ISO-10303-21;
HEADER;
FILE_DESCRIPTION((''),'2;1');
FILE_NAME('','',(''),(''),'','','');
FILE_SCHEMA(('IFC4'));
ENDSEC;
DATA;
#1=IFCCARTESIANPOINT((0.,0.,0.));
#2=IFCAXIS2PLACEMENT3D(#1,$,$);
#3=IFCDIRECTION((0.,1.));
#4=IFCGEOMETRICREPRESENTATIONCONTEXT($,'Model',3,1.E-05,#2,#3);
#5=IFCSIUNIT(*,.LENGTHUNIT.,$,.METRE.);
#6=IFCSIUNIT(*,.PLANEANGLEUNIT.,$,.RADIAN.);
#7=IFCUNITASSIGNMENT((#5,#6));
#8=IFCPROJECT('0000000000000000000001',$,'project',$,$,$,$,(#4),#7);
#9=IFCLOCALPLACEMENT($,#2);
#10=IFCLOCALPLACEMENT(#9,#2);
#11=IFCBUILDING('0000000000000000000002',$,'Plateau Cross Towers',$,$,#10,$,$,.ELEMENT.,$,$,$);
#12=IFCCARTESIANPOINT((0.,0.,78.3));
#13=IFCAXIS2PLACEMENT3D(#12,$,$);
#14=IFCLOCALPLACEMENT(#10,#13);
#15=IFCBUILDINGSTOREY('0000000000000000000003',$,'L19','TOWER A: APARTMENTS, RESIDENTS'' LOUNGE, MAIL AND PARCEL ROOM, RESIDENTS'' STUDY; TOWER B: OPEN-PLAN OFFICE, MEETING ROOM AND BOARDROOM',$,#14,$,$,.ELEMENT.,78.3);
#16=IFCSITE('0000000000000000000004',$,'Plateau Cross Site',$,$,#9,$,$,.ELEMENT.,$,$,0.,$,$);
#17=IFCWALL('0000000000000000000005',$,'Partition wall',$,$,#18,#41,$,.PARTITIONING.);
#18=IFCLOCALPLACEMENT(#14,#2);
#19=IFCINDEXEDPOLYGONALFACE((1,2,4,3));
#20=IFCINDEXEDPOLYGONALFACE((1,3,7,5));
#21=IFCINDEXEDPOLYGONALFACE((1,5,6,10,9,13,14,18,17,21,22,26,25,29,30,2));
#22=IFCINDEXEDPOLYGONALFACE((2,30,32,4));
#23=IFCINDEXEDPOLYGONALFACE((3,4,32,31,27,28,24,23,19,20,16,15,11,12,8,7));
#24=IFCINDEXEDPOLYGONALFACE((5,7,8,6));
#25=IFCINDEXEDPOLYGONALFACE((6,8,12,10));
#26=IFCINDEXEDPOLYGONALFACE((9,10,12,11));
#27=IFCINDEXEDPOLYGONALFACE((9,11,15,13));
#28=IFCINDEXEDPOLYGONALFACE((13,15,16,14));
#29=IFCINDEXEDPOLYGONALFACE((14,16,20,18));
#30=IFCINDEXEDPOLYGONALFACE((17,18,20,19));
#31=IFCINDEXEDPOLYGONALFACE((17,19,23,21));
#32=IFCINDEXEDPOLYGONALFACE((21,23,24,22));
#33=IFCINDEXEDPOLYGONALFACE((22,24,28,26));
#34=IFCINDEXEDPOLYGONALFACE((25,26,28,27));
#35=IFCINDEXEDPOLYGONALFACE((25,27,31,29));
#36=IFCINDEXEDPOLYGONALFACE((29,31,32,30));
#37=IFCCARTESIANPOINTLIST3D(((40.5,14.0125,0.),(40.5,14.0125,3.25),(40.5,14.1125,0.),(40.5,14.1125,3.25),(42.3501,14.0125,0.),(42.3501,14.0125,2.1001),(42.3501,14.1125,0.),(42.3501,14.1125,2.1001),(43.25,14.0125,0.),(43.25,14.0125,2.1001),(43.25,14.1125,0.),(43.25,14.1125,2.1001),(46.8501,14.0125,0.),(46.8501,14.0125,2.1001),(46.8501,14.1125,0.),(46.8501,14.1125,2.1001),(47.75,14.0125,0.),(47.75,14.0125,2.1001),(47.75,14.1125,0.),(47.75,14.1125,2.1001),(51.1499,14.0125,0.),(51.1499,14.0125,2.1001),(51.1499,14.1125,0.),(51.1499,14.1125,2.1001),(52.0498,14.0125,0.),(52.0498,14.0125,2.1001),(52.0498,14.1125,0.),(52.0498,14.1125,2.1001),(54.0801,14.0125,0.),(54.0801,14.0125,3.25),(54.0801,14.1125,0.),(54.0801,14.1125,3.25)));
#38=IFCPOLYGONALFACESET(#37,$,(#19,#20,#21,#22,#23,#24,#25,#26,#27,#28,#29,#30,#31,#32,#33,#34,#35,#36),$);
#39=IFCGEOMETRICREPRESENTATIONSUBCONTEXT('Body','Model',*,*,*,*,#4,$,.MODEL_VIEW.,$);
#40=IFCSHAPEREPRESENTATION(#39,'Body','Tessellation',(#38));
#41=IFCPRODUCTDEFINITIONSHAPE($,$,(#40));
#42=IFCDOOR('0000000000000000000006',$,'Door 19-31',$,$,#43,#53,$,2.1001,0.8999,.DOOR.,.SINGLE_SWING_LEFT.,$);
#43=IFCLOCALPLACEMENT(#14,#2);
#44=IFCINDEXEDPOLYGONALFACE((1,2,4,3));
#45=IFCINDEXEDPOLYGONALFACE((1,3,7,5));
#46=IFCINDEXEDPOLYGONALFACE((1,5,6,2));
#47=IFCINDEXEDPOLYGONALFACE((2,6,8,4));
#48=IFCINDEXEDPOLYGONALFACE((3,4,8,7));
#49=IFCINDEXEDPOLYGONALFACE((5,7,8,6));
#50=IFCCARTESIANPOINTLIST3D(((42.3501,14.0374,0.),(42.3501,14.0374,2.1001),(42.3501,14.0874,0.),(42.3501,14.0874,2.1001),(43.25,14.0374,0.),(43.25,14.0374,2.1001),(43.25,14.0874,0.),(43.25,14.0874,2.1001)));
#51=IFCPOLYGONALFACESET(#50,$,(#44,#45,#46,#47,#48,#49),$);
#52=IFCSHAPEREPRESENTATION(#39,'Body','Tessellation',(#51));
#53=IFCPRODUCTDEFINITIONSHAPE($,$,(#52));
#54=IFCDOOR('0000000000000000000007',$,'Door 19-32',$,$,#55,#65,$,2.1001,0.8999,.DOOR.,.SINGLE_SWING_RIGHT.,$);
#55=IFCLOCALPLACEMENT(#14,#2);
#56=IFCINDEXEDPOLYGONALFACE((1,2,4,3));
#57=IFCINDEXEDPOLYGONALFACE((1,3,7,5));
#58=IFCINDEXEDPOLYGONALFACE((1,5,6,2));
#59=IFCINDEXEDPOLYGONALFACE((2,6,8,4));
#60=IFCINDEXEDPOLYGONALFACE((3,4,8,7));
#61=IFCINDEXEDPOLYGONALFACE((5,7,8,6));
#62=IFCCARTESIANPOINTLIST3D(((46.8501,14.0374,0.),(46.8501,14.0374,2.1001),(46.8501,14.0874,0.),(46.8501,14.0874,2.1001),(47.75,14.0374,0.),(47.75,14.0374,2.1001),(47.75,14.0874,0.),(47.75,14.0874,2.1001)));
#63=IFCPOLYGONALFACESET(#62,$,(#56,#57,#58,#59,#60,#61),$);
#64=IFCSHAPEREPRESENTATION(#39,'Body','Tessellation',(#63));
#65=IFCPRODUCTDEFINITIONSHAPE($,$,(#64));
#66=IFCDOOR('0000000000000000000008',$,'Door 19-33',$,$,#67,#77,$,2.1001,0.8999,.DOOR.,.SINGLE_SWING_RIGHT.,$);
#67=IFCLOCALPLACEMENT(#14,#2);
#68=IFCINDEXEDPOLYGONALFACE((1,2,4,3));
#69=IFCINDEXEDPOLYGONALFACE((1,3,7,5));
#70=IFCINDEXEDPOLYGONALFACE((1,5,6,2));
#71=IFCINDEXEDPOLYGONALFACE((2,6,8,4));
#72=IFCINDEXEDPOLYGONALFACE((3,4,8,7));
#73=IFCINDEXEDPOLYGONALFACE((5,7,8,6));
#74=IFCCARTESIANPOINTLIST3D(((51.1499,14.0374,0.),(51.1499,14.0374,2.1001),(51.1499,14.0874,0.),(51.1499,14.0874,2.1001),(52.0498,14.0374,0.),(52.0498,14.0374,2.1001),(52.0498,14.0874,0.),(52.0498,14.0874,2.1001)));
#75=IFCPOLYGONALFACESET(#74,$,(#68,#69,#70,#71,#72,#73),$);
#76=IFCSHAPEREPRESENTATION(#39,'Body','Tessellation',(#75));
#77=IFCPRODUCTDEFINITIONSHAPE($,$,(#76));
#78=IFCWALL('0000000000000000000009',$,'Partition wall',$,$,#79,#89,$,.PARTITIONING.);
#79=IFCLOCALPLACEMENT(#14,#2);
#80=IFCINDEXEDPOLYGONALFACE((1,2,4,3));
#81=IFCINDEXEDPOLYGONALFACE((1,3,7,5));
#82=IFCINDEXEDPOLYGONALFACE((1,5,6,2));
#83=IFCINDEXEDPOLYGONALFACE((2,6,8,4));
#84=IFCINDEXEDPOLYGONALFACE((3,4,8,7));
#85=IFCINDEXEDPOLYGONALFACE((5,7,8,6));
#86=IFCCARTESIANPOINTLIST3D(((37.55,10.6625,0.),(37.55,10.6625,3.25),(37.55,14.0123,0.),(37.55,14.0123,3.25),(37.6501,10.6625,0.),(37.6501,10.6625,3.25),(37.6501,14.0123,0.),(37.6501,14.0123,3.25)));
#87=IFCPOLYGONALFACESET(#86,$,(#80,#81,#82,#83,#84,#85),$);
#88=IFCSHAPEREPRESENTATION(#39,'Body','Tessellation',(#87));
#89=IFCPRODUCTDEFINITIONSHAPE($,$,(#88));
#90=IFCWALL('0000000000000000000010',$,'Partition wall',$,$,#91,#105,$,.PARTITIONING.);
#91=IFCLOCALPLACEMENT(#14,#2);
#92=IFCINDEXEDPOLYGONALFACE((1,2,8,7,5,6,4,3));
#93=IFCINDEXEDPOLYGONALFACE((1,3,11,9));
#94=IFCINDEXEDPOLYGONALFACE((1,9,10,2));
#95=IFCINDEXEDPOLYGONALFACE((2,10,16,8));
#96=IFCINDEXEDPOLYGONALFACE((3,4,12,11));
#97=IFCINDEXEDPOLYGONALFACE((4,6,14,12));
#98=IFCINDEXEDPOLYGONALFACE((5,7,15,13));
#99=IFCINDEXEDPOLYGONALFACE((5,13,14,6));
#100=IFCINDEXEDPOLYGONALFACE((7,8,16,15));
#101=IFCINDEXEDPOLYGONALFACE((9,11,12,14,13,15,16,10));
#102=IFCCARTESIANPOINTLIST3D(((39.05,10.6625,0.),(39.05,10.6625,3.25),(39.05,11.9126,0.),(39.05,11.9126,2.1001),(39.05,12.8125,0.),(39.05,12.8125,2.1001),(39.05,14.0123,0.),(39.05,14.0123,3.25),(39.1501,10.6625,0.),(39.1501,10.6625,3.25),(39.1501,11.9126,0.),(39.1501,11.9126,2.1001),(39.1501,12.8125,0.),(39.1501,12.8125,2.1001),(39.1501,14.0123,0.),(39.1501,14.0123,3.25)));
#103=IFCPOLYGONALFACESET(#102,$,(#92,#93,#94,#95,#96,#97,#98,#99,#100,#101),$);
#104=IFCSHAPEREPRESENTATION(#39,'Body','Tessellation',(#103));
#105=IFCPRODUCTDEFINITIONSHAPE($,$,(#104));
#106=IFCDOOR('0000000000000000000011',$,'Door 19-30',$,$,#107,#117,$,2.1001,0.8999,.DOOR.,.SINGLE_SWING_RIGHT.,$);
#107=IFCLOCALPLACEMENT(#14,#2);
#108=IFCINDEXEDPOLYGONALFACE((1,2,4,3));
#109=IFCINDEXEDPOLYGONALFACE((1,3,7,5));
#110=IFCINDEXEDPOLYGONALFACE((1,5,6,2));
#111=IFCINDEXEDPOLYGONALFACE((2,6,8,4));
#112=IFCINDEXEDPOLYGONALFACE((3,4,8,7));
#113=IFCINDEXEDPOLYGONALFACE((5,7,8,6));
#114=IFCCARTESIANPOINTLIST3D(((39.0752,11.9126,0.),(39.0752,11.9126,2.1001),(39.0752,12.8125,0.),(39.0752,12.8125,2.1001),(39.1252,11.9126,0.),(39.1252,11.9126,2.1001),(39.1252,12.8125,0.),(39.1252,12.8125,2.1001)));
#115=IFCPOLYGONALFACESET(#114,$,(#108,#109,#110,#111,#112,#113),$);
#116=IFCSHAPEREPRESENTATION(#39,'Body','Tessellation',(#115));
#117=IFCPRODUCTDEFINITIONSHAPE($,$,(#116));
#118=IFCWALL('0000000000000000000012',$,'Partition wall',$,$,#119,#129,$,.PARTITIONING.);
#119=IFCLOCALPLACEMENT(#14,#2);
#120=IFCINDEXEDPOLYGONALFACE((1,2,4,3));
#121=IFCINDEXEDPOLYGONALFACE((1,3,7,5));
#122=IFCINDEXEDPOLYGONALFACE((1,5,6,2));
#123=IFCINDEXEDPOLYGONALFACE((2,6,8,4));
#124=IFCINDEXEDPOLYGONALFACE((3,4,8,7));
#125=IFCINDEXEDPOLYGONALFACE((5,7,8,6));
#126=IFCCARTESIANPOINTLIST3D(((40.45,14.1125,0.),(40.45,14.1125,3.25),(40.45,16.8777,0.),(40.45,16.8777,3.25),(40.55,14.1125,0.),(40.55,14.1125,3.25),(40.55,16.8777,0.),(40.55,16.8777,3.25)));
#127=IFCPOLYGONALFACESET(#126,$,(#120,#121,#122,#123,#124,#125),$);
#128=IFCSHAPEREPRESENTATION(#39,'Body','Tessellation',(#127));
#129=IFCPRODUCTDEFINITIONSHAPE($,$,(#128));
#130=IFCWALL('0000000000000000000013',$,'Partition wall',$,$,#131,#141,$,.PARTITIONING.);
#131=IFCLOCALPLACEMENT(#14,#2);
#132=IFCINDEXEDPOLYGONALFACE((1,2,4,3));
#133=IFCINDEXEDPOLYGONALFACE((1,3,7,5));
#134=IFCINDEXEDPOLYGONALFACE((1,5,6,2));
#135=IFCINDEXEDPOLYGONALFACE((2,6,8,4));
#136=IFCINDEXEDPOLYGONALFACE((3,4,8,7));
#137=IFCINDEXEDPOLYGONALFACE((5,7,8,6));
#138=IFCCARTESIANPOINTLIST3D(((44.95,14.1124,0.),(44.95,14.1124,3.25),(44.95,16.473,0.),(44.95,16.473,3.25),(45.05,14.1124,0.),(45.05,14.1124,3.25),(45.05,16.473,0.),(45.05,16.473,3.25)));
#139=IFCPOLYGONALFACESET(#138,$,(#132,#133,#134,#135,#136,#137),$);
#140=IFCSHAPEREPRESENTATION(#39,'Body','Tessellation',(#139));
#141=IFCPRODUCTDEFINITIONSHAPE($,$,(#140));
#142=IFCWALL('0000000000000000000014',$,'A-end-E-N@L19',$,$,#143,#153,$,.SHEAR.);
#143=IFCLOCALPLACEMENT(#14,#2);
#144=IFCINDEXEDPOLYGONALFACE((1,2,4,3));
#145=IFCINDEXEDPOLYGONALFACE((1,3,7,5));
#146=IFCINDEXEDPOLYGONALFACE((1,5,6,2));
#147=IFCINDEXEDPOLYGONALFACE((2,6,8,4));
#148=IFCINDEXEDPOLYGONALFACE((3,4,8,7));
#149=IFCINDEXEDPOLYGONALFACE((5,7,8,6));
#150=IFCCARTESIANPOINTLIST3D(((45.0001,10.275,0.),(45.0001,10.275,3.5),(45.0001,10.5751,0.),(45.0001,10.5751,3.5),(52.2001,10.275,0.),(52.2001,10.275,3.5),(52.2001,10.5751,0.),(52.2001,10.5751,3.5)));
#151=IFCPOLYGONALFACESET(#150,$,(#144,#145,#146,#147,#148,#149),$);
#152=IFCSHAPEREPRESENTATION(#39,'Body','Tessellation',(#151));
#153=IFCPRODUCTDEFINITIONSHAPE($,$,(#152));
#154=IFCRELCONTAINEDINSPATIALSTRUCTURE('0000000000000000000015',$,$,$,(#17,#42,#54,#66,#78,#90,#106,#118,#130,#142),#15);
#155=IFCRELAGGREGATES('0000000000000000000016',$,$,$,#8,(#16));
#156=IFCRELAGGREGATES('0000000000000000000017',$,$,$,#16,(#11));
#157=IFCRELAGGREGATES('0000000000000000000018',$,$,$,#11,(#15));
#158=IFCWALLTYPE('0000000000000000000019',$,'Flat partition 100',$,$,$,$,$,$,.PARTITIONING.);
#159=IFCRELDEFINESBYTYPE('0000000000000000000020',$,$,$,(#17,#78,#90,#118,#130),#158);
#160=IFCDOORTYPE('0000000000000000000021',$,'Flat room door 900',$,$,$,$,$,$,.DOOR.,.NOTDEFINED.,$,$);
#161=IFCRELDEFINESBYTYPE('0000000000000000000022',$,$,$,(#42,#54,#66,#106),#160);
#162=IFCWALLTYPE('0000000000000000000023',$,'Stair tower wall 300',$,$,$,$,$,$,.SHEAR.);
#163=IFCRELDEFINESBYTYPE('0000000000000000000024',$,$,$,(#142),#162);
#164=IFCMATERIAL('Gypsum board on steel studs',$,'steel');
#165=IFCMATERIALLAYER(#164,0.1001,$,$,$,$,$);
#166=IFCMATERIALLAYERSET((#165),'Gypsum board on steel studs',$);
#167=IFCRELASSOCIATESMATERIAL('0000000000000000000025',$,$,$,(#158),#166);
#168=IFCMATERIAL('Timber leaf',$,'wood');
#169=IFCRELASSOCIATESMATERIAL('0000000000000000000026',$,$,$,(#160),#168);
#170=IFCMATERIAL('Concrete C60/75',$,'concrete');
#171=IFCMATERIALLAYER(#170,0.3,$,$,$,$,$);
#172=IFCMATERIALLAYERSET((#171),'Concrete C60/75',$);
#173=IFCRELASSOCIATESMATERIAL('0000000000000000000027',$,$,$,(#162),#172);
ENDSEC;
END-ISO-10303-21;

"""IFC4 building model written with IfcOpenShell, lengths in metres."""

from ifc_helpers import new_model, si_unit, direction, frame, frame_2d, origin, place, context, subcontext, project, spatial, rectangle, extrude, material, layer, layer_set, type_object, element, fill, save


model = new_model("IFC4")

# Units and contexts
model_context = context("Model", 3, precision=1e-05, world=origin(), true_north=direction((0.0, 1.0)))
body_context = subcontext(model_context, "Body", "Model", "MODEL_VIEW")
ifc_project = project(units=[si_unit("LENGTHUNIT", "METRE"), si_unit("PLANEANGLEUNIT", "RADIAN")], contexts=[model_context])

# Site, building, storey
site_placement = place(None, origin())
site = spatial("IfcSite", under=ifc_project, at=site_placement, Name="Plateau Cross Site", CompositionType="ELEMENT", RefElevation=0.0)
building_placement = place(site_placement, origin())
building = spatial("IfcBuilding", under=site, at=building_placement, Name="Plateau Cross Towers", CompositionType="ELEMENT")
storey_placement = place(building_placement, frame((0.0, 0.0, 78.3)))
storey = spatial("IfcBuildingStorey", under=building, at=storey_placement, Name="L19", Description="TOWER A: APARTMENTS, RESIDENTS' LOUNGE, MAIL AND PARCEL ROOM, RESIDENTS' STUDY; TOWER B: OPEN-PLAN OFFICE, MEETING ROOM AND BOARDROOM", CompositionType="ELEMENT", Elevation=78.3)

# Shared definitions
ifc_material_1 = material(Name="Gypsum board on steel studs", Category="steel")
ifc_layer_1 = layer(ifc_material_1, 0.1001)
ifc_layer_set_1 = layer_set([ifc_layer_1], Name="Gypsum board on steel studs")
wall_type_1 = type_object("IfcWallType", Name="Flat partition 100", PredefinedType="PARTITIONING", material=ifc_layer_set_1)
ifc_material_2 = material(Name="Timber leaf", Category="wood")
door_type = type_object("IfcDoorType", Name="Flat room door 900", OperationType="NOTDEFINED", PredefinedType="DOOR", material=ifc_material_2)

# Wall, openings, doors
wall_1_placement = place(storey_placement, frame((40.5, 14.0625, 0.0), z_axis=(0.0, 0.0, 1.0), x_axis=(1.0, 0.0, 0.0)))
wall_1 = element("IfcWall", 1, at=wall_1_placement, inside=storey, type_object=wall_type_1, Name="Partition wall", PredefinedType="PARTITIONING", context=body_context, shape_type="SweptSolid", body=[
    extrude(rectangle(XDim=13.5801, YDim=0.1001, at=frame_2d((6.79, 0.0))), origin(), (0.0, 0.0, 1.0), 3.25),
])
opening_1_placement = place(wall_1_placement, frame((1.8501, 0.0, 0.0)))
opening_1 = element("IfcOpeningElement", 2, at=opening_1_placement, cuts=wall_1, PredefinedType="OPENING", context=body_context, shape_type="SweptSolid", body=[
    extrude(rectangle(XDim=0.8999, YDim=2.1001, at=frame_2d((0.45, 1.05))), frame((0.0, 0.0601, 0.0), z_axis=(0.0, -1.0, 0.0), x_axis=(1.0, 0.0, 0.0)), (0.0, 0.0, 1.0), 0.1201),
])
opening_2_placement = place(wall_1_placement, frame((6.3501, 0.0, 0.0)))
opening_2 = element("IfcOpeningElement", 3, at=opening_2_placement, cuts=wall_1, PredefinedType="OPENING", context=body_context, shape_type="SweptSolid", body=[
    extrude(rectangle(XDim=0.8999, YDim=2.1001, at=frame_2d((0.45, 1.05))), frame((0.0, 0.0601, 0.0), z_axis=(0.0, -1.0, 0.0), x_axis=(1.0, 0.0, 0.0)), (0.0, 0.0, 1.0), 0.1201),
])
opening_3_placement = place(wall_1_placement, frame((10.6499, 0.0, 0.0)))
opening_3 = element("IfcOpeningElement", 4, at=opening_3_placement, cuts=wall_1, PredefinedType="OPENING", context=body_context, shape_type="SweptSolid", body=[
    extrude(rectangle(XDim=0.8999, YDim=2.1001, at=frame_2d((0.45, 1.05))), frame((0.0, 0.0601, 0.0), z_axis=(0.0, -1.0, 0.0), x_axis=(1.0, 0.0, 0.0)), (0.0, 0.0, 1.0), 0.1201),
])
door_1_placement = place(opening_1_placement, origin())
door_1 = element("IfcDoor", 5, at=door_1_placement, inside=storey, type_object=door_type, Name="Door 19-31", OperationType="SINGLE_SWING_LEFT", OverallHeight=2.1001, OverallWidth=0.8999, PredefinedType="DOOR", context=body_context, shape_type="SweptSolid", body=[
    extrude(rectangle(XDim=0.8999, YDim=2.1001, at=frame_2d((0.45, 1.05))), frame((0.0, 0.0249, 0.0), z_axis=(0.0, -1.0, 0.0), x_axis=(1.0, 0.0, 0.0)), (0.0, 0.0, 1.0), 0.05),
])
fill(opening_1, door_1)
door_2_placement = place(opening_2_placement, origin())
door_2 = element("IfcDoor", 6, at=door_2_placement, inside=storey, type_object=door_type, Name="Door 19-32", OperationType="SINGLE_SWING_RIGHT", OverallHeight=2.1001, OverallWidth=0.8999, PredefinedType="DOOR", context=body_context, shape_type="SweptSolid", body=[
    extrude(rectangle(XDim=0.8999, YDim=2.1001, at=frame_2d((0.45, 1.05))), frame((0.0, 0.0249, 0.0), z_axis=(0.0, -1.0, 0.0), x_axis=(1.0, 0.0, 0.0)), (0.0, 0.0, 1.0), 0.05),
])
fill(opening_2, door_2)
door_3_placement = place(opening_3_placement, origin())
door_3 = element("IfcDoor", 7, at=door_3_placement, inside=storey, type_object=door_type, Name="Door 19-33", OperationType="SINGLE_SWING_RIGHT", OverallHeight=2.1001, OverallWidth=0.8999, PredefinedType="DOOR", context=body_context, shape_type="SweptSolid", body=[
    extrude(rectangle(XDim=0.8999, YDim=2.1001, at=frame_2d((0.45, 1.05))), frame((0.0, 0.0249, 0.0), z_axis=(0.0, -1.0, 0.0), x_axis=(1.0, 0.0, 0.0)), (0.0, 0.0, 1.0), 0.05),
])
fill(opening_3, door_3)

# Wall
wall_2_placement = place(storey_placement, frame((37.6001, 10.6626, 0.0), z_axis=(0.0, 0.0, 1.0), x_axis=(0.0, 1.0, 0.0)))
element("IfcWall", 8, at=wall_2_placement, inside=storey, type_object=wall_type_1, Name="Partition wall", PredefinedType="PARTITIONING", context=body_context, shape_type="SweptSolid", body=[
    extrude(rectangle(XDim=3.3499, YDim=0.1001, at=frame_2d((1.6748, 0.0))), origin(), (0.0, 0.0, 1.0), 3.25),
])

# Wall, opening, door
wall_3_placement = place(storey_placement, frame((39.1001, 10.6626, 0.0), z_axis=(0.0, 0.0, 1.0), x_axis=(0.0, 1.0, 0.0)))
wall_3 = element("IfcWall", 9, at=wall_3_placement, inside=storey, type_object=wall_type_1, Name="Partition wall", PredefinedType="PARTITIONING", context=body_context, shape_type="SweptSolid", body=[
    extrude(rectangle(XDim=3.3499, YDim=0.1001, at=frame_2d((1.6748, 0.0))), origin(), (0.0, 0.0, 1.0), 3.25),
])
opening_4_placement = place(wall_3_placement, frame((1.25, 0.0, 0.0)))
opening_4 = element("IfcOpeningElement", 10, at=opening_4_placement, cuts=wall_3, PredefinedType="OPENING", context=body_context, shape_type="SweptSolid", body=[
    extrude(rectangle(XDim=0.8999, YDim=2.1001, at=frame_2d((0.45, 1.05))), frame((0.0, 0.0601, 0.0), z_axis=(0.0, -1.0, 0.0), x_axis=(1.0, 0.0, 0.0)), (0.0, 0.0, 1.0), 0.1201),
])
door_4_placement = place(opening_4_placement, origin())
door_4 = element("IfcDoor", 11, at=door_4_placement, inside=storey, type_object=door_type, Name="Door 19-30", OperationType="SINGLE_SWING_RIGHT", OverallHeight=2.1001, OverallWidth=0.8999, PredefinedType="DOOR", context=body_context, shape_type="SweptSolid", body=[
    extrude(rectangle(XDim=0.8999, YDim=2.1001, at=frame_2d((0.45, 1.05))), frame((0.0, 0.0249, 0.0), z_axis=(0.0, -1.0, 0.0), x_axis=(1.0, 0.0, 0.0)), (0.0, 0.0, 1.0), 0.05),
])
fill(opening_4, door_4)

# Walls
wall_4_placement = place(storey_placement, frame((40.5, 16.8777, 0.0), z_axis=(0.0, 0.0, 1.0), x_axis=(0.0, -1.0, 0.0)))
element("IfcWall", 12, at=wall_4_placement, inside=storey, type_object=wall_type_1, Name="Partition wall", PredefinedType="PARTITIONING", context=body_context, shape_type="SweptSolid", body=[
    extrude(rectangle(XDim=2.7651, YDim=0.1001, at=frame_2d((1.3826, 0.0))), origin(), (0.0, 0.0, 1.0), 3.25),
])
wall_5_placement = place(storey_placement, frame((45.0, 14.1125, 0.0), z_axis=(0.0, 0.0, 1.0), x_axis=(0.0, 1.0, 0.0)))
element("IfcWall", 13, at=wall_5_placement, inside=storey, type_object=wall_type_1, Name="Partition wall", PredefinedType="PARTITIONING", context=body_context, shape_type="SweptSolid", body=[
    extrude(rectangle(XDim=2.3606, YDim=0.1001, at=frame_2d((1.1802, 0.0))), origin(), (0.0, 0.0, 1.0), 3.25),
])
ifc_material_3 = material(Name="Concrete C60/75", Category="concrete")
ifc_layer_2 = layer(ifc_material_3, 0.3)
ifc_layer_set_2 = layer_set([ifc_layer_2], Name="Concrete C60/75")
wall_type_2 = type_object("IfcWallType", Name="Stair tower wall 300", PredefinedType="SHEAR", material=ifc_layer_set_2)
wall_6_placement = place(storey_placement, frame((45.0, 10.425, 0.0), z_axis=(0.0, 0.0, 1.0), x_axis=(1.0, 0.0, 0.0)))
element("IfcWall", 14, at=wall_6_placement, inside=storey, type_object=wall_type_2, Name="A-end-E-N@L19", PredefinedType="SHEAR", context=body_context, shape_type="SweptSolid", body=[
    extrude(rectangle(XDim=7.2, YDim=0.3, at=frame_2d((3.6001, 0.0))), origin(), (0.0, 0.0, 1.0), 3.5),
])

save(model, "model.ifc")
